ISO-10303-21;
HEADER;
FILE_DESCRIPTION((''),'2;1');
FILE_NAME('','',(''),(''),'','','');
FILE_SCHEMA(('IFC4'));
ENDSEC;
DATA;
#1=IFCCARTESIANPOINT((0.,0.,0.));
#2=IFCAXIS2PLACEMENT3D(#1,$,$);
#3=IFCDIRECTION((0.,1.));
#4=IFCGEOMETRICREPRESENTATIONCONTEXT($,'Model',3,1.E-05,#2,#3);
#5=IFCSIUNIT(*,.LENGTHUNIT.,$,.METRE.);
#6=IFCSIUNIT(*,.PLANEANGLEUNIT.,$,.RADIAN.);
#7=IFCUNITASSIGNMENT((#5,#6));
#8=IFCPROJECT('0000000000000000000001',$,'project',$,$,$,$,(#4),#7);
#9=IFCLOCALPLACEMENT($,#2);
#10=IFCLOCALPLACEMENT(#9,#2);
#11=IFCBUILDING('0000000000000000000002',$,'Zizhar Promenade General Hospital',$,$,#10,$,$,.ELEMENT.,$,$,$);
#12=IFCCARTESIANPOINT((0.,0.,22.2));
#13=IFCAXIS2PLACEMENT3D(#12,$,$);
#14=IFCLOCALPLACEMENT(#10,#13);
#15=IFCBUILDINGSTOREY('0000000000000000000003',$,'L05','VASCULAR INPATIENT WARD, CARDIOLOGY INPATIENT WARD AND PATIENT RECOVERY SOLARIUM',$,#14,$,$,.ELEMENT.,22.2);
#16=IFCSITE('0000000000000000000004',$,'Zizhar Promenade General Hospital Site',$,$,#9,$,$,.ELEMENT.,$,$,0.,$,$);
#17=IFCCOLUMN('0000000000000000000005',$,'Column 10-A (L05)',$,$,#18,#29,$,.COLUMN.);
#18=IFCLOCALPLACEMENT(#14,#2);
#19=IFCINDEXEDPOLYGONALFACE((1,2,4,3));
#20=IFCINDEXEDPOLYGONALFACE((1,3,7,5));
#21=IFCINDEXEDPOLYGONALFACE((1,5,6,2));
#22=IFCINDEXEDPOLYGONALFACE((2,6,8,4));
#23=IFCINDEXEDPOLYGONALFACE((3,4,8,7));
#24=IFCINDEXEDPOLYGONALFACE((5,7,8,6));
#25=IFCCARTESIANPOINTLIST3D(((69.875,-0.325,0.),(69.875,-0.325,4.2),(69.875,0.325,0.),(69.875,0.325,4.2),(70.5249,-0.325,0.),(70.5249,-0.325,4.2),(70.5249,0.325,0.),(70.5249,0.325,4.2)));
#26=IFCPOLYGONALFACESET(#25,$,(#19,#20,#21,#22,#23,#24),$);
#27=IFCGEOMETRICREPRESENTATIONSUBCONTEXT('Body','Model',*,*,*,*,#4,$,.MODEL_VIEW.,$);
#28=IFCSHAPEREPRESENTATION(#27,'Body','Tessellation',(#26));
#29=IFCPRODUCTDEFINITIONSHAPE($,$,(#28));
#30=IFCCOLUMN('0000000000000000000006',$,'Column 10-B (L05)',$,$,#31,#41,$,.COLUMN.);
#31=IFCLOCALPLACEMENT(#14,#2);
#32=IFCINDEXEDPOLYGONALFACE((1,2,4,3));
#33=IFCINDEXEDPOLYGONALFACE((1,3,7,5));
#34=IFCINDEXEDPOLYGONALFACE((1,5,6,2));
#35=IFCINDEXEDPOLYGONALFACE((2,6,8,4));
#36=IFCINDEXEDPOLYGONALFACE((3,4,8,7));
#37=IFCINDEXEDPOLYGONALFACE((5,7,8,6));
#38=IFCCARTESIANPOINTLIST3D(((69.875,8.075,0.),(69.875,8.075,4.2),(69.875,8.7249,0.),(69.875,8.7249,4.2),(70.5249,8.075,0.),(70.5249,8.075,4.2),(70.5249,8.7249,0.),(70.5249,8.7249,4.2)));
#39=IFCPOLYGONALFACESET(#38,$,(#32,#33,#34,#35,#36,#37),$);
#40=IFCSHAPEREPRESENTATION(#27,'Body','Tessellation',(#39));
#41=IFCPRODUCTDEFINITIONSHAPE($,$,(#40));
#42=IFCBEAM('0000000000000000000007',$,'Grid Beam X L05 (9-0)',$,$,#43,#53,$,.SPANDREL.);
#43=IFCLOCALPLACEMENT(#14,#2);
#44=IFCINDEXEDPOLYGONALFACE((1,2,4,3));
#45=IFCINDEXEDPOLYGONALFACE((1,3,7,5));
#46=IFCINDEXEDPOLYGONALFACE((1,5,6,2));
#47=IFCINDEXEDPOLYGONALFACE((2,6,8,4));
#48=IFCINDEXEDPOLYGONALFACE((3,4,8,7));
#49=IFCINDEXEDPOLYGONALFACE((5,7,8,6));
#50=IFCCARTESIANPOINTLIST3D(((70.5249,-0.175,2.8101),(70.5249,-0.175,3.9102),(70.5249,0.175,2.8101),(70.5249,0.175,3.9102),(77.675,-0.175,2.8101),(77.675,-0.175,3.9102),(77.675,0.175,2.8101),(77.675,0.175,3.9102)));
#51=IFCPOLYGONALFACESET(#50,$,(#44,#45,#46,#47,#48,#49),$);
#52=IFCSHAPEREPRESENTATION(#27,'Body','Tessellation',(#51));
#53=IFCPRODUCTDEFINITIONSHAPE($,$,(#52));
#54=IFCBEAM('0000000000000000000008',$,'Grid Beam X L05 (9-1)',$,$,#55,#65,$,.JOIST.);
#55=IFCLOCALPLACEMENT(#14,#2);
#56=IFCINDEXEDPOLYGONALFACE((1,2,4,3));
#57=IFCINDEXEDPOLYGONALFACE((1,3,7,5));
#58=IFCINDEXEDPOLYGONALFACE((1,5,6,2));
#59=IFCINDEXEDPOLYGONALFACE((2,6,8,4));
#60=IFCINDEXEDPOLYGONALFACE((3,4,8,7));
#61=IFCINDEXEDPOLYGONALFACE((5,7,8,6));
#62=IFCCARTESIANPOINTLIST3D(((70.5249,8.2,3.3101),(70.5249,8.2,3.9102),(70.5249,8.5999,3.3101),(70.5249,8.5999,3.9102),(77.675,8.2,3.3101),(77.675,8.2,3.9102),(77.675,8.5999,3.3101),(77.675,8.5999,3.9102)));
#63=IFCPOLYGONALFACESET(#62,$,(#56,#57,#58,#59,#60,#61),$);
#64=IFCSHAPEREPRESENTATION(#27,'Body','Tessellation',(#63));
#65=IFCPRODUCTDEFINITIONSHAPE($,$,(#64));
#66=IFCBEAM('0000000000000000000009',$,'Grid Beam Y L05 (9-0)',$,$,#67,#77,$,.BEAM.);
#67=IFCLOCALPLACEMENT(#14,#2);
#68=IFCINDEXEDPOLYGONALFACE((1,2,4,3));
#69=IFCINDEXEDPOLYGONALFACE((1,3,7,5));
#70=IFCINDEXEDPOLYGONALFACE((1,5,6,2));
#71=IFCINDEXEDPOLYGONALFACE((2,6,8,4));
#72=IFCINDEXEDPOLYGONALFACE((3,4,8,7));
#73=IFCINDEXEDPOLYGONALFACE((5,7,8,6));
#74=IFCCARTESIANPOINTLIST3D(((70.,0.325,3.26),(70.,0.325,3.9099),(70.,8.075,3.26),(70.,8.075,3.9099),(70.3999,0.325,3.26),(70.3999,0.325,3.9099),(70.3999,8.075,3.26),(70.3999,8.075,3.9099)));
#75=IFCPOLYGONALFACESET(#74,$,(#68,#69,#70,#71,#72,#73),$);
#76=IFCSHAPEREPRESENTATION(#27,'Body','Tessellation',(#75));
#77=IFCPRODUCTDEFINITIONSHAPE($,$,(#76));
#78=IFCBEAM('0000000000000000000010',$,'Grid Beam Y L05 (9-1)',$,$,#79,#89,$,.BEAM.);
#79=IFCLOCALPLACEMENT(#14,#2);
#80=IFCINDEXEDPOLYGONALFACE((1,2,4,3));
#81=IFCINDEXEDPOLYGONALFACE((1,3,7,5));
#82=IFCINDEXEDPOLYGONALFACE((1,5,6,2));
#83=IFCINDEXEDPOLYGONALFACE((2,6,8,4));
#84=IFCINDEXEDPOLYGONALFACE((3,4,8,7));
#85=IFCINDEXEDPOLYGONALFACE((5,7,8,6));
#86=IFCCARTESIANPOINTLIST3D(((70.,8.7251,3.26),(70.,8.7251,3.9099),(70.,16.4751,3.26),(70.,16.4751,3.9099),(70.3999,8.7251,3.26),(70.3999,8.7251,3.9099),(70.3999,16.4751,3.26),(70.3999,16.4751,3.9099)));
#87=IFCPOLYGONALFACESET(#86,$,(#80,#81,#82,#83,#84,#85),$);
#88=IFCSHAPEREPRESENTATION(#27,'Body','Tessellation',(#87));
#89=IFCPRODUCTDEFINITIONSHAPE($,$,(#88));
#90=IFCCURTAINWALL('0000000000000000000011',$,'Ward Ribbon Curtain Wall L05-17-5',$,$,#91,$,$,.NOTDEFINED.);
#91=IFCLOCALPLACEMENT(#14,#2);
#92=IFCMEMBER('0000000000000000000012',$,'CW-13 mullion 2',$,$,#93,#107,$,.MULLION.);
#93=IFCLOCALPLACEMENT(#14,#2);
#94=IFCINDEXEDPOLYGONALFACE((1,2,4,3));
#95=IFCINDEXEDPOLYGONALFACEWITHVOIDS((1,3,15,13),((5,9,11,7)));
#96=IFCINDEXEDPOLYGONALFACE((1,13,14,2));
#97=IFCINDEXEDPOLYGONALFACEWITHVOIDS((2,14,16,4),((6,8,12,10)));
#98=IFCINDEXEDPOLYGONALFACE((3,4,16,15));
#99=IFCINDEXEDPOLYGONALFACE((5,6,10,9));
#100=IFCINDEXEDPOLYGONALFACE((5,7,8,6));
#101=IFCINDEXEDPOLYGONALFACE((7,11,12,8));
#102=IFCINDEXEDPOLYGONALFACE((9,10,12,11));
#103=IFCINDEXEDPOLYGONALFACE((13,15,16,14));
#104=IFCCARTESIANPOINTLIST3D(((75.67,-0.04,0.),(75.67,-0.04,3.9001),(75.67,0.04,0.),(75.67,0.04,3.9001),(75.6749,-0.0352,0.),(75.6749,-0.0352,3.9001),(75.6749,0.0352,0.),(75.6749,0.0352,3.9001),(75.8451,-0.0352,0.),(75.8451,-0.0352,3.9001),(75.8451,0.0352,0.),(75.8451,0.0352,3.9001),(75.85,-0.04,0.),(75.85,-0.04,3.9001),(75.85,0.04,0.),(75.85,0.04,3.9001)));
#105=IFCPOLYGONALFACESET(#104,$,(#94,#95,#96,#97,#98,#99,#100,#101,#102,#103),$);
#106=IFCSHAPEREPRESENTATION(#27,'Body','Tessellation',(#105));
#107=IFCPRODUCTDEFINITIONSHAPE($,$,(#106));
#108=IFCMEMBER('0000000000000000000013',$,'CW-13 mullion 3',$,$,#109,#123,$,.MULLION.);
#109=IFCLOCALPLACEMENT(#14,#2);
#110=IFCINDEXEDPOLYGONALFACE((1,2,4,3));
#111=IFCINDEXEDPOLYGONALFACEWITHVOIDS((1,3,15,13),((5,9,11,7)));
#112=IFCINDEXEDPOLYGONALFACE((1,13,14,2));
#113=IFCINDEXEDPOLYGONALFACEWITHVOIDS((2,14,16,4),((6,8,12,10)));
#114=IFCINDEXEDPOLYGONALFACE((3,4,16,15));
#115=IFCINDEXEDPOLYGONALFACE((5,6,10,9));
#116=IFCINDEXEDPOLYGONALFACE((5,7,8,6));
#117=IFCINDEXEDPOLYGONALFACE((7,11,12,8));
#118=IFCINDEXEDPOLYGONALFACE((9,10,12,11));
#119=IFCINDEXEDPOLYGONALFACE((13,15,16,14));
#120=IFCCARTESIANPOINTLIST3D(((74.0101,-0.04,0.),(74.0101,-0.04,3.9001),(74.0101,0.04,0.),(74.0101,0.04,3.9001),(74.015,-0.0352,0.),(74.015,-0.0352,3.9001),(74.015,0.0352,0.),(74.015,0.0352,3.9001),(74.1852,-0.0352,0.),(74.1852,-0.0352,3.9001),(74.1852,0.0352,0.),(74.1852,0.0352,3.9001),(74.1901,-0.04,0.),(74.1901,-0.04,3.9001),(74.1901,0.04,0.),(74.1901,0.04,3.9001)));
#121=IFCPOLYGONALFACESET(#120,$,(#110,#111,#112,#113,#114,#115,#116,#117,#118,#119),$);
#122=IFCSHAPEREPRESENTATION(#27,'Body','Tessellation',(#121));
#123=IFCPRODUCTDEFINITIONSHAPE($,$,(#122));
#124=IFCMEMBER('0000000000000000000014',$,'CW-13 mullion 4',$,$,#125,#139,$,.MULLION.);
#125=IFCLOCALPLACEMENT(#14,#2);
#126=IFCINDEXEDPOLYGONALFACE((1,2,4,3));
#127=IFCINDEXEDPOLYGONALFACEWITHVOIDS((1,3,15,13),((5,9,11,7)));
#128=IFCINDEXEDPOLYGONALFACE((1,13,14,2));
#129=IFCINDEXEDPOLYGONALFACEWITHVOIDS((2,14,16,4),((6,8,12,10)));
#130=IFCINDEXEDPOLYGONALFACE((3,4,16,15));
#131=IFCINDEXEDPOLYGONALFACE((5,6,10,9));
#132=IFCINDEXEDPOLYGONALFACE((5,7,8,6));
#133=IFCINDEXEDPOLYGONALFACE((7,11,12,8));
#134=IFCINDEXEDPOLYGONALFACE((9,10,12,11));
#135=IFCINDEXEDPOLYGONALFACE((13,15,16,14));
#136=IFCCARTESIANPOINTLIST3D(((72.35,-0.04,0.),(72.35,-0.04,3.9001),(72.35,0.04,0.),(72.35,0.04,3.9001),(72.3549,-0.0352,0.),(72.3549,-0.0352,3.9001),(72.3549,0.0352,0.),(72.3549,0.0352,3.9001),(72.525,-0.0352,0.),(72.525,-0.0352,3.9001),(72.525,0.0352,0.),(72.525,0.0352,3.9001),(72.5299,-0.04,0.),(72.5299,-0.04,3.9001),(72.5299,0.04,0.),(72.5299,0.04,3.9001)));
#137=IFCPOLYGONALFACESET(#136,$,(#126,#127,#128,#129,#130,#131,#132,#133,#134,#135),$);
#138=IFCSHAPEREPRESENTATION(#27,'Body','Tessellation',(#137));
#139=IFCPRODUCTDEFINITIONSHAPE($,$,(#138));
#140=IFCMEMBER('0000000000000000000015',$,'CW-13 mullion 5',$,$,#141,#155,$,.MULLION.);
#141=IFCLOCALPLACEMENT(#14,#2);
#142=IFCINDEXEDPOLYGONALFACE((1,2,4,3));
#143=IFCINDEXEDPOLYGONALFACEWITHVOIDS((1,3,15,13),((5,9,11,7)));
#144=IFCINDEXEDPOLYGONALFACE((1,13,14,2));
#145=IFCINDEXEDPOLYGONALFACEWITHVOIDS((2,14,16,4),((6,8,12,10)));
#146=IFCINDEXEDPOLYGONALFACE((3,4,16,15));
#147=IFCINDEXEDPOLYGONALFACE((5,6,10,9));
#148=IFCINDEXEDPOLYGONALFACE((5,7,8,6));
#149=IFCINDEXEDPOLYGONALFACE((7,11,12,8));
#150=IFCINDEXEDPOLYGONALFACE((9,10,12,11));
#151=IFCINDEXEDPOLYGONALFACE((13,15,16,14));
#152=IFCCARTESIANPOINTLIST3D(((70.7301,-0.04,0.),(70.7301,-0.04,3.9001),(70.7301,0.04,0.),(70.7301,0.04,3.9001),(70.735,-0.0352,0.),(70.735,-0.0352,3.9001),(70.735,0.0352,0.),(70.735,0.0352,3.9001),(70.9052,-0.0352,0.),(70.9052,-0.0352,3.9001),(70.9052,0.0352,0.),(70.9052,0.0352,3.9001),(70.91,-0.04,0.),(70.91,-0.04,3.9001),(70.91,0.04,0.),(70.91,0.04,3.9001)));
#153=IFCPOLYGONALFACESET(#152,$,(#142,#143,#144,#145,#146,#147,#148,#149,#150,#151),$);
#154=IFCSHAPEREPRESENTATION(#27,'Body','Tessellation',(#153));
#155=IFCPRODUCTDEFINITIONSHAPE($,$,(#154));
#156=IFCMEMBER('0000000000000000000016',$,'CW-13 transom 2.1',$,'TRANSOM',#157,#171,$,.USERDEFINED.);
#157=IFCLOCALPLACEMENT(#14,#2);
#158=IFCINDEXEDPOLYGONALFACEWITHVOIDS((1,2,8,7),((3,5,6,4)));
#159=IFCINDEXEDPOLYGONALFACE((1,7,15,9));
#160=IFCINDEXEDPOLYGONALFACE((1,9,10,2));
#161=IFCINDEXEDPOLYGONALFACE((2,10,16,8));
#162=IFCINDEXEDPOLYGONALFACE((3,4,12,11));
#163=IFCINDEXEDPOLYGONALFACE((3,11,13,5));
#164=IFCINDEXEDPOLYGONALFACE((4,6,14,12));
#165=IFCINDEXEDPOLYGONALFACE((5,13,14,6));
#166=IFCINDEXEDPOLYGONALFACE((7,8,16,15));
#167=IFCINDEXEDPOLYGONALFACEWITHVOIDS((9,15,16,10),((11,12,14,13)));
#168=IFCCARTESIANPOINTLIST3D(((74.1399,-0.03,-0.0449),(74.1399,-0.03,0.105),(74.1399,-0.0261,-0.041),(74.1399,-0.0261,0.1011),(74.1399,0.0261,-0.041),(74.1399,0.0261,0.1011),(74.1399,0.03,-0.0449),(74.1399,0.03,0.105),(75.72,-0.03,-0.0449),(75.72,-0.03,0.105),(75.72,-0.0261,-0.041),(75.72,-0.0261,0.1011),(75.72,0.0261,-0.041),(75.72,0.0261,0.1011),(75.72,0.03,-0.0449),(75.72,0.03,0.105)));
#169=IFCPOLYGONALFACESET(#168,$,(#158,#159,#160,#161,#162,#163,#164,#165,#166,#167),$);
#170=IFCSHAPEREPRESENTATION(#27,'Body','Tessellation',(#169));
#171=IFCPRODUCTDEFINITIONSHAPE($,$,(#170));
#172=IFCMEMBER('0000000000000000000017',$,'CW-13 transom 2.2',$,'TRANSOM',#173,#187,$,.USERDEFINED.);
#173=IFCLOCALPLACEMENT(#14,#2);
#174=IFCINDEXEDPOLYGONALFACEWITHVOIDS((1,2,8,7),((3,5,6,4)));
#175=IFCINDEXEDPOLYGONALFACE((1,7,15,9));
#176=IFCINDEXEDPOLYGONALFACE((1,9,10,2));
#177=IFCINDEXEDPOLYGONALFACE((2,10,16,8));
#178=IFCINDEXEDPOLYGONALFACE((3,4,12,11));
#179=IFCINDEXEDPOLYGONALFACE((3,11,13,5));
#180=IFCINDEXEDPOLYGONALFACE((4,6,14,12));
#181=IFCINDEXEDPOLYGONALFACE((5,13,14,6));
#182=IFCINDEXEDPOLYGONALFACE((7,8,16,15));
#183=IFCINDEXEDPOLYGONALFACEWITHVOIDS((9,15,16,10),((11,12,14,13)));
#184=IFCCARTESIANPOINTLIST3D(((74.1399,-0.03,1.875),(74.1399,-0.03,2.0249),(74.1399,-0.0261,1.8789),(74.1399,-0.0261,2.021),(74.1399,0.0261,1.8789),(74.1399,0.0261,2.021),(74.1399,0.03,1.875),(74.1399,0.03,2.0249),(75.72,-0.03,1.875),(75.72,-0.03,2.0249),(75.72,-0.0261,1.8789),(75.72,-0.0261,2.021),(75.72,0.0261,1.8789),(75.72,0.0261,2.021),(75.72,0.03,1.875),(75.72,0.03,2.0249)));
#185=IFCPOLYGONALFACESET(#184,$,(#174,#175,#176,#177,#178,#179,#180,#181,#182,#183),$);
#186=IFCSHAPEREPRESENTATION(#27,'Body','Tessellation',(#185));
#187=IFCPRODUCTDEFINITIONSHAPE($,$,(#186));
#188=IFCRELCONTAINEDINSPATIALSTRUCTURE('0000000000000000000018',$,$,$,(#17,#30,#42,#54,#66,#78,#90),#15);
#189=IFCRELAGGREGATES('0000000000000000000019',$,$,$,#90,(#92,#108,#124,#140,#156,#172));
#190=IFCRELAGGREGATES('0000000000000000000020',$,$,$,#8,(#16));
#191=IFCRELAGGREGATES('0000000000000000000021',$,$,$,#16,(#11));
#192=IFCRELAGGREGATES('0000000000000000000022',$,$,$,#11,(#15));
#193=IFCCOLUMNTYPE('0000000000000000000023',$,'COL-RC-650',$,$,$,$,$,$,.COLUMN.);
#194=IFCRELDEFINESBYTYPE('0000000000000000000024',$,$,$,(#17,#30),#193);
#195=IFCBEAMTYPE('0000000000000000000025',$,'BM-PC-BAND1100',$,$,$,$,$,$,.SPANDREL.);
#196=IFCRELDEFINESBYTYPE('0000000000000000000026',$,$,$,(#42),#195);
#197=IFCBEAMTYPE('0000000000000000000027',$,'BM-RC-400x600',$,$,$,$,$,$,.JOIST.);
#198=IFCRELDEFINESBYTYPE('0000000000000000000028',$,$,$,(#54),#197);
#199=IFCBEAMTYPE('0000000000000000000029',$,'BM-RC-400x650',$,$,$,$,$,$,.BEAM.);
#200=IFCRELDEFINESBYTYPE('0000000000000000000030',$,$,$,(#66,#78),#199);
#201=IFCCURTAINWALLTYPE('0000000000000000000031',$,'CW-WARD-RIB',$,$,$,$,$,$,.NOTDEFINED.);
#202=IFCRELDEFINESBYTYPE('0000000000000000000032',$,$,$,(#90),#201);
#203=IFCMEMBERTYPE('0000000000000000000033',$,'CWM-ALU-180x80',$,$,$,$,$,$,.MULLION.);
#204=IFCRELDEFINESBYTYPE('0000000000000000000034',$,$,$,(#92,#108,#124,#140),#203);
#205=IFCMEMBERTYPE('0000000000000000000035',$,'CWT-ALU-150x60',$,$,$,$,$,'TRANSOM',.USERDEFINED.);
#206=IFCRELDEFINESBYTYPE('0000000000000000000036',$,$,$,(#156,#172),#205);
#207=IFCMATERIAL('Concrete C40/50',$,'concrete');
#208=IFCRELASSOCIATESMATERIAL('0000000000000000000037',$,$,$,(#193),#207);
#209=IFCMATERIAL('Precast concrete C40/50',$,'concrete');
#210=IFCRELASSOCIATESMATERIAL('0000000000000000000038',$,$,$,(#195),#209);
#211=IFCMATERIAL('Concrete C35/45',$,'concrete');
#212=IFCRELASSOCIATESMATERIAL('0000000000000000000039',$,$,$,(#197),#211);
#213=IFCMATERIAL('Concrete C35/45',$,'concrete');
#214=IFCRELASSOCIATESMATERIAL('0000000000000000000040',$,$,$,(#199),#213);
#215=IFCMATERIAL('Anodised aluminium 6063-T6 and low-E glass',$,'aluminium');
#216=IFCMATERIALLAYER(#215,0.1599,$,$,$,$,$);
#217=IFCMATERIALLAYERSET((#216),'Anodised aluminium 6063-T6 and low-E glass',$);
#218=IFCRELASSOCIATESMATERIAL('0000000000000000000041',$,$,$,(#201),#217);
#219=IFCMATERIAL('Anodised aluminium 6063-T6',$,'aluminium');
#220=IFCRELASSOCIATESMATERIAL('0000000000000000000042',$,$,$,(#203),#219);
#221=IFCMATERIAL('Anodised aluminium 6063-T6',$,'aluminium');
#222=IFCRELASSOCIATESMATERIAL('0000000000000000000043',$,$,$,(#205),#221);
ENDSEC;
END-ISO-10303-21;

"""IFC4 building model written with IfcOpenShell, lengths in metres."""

from ifc_helpers import new_model, si_unit, direction, frame, origin, origin_2d, place, context, subcontext, project, spatial, rectangle, hollow_rectangle, extrude, material, layer, layer_set, material_profile, profile_set, type_object, element, aggregate, save


model = new_model("IFC4")

# Units and contexts
model_context = context("Model", 3, precision=1e-05, world=origin(), true_north=direction((0.0, 1.0)))
body_context = subcontext(model_context, "Body", "Model", "MODEL_VIEW")
ifc_project = project(units=[si_unit("LENGTHUNIT", "METRE"), si_unit("PLANEANGLEUNIT", "RADIAN")], contexts=[model_context])

# Site, building, storey
site_placement = place(None, origin())
site = spatial("IfcSite", under=ifc_project, at=site_placement, Name="Zizhar Promenade General Hospital Site", CompositionType="ELEMENT", RefElevation=0.0)
building_placement = place(site_placement, origin())
building = spatial("IfcBuilding", under=site, at=building_placement, Name="Zizhar Promenade General Hospital", CompositionType="ELEMENT")
storey_placement = place(building_placement, frame((0.0, 0.0, 22.2)))
storey = spatial("IfcBuildingStorey", under=building, at=storey_placement, Name="L05", Description="VASCULAR INPATIENT WARD, CARDIOLOGY INPATIENT WARD AND PATIENT RECOVERY SOLARIUM", CompositionType="ELEMENT", Elevation=22.2)

# Columns
ifc_material_1 = material(Name="Concrete C40/50", Category="concrete")
ifc_material_profile_1 = material_profile(ifc_material_1, rectangle(XDim=0.6499, YDim=0.6499, at=origin_2d()))
ifc_profile_set_1 = profile_set([ifc_material_profile_1], Name="Concrete C40/50")
column_type = type_object("IfcColumnType", Name="COL-RC-650", PredefinedType="COLUMN", material=ifc_profile_set_1)
for number, where, z_axis, x_axis, name in (
    (1, (70.2, 0.0, 0.0), (0.0, 0.0, 1.0), (1.0, 0.0, 0.0), "Column 10-A (L05)"),
    (2, (70.2, 8.3999, 0.0), (0.0, 0.0, 1.0), (1.0, 0.0, 0.0), "Column 10-B (L05)"),
):
    element("IfcColumn", number, at=place(storey_placement, frame(where, z_axis=z_axis, x_axis=x_axis)), inside=storey, type_object=column_type, Name=name, PredefinedType="COLUMN", context=body_context, shape_type="SweptSolid", body=[
        extrude(rectangle(XDim=0.6499, YDim=0.6499, at=origin_2d()), origin(), (0.0, 0.0, 1.0), 4.2),
    ])

# Beams
ifc_material_2 = material(Name="Precast concrete C40/50", Category="concrete")
ifc_material_profile_2 = material_profile(ifc_material_2, rectangle(XDim=0.3501, YDim=1.1001, at=origin_2d()))
ifc_profile_set_2 = profile_set([ifc_material_profile_2], Name="Precast concrete C40/50")
beam_type_1 = type_object("IfcBeamType", Name="BM-PC-BAND1100", PredefinedType="SPANDREL", material=ifc_profile_set_2)
beam_1_placement = place(storey_placement, frame((70.5249, 0.0, 3.3601), z_axis=(1.0, 0.0, 0.0), x_axis=(0.0, 1.0, 0.0)))
element("IfcBeam", 3, at=beam_1_placement, inside=storey, type_object=beam_type_1, Name="Grid Beam X L05 (9-0)", PredefinedType="SPANDREL", context=body_context, shape_type="SweptSolid", body=[
    extrude(rectangle(XDim=0.3501, YDim=1.1001, at=origin_2d()), origin(), (0.0, 0.0, 1.0), 7.1501),
])
ifc_material_3 = material(Name="Concrete C35/45", Category="concrete")
ifc_material_profile_3 = material_profile(ifc_material_3, rectangle(XDim=0.3999, YDim=0.6001, at=origin_2d()))
ifc_profile_set_3 = profile_set([ifc_material_profile_3], Name="Concrete C35/45")
beam_type_2 = type_object("IfcBeamType", Name="BM-RC-400x600", PredefinedType="JOIST", material=ifc_profile_set_3)
beam_2_placement = place(storey_placement, frame((70.5249, 8.3999, 3.6101), z_axis=(1.0, 0.0, 0.0), x_axis=(0.0, 1.0, 0.0)))
element("IfcBeam", 4, at=beam_2_placement, inside=storey, type_object=beam_type_2, Name="Grid Beam X L05 (9-1)", PredefinedType="JOIST", context=body_context, shape_type="SweptSolid", body=[
    extrude(rectangle(XDim=0.3999, YDim=0.6001, at=origin_2d()), origin(), (0.0, 0.0, 1.0), 7.1501),
])
ifc_material_4 = material(Name="Concrete C35/45", Category="concrete")
ifc_material_profile_4 = material_profile(ifc_material_4, rectangle(XDim=0.3999, YDim=0.6499, at=origin_2d()))
ifc_profile_set_4 = profile_set([ifc_material_profile_4], Name="Concrete C35/45")
beam_type_3 = type_object("IfcBeamType", Name="BM-RC-400x650", PredefinedType="BEAM", material=ifc_profile_set_4)
for number, where, z_axis, x_axis, name in (
    (5, (70.2, 0.325, 3.585), (0.0, 1.0, 0.0), (-1.0, 0.0, 0.0), "Grid Beam Y L05 (9-0)"),
    (6, (70.2, 8.7251, 3.585), (0.0, 1.0, 0.0), (-1.0, 0.0, 0.0), "Grid Beam Y L05 (9-1)"),
):
    element("IfcBeam", number, at=place(storey_placement, frame(where, z_axis=z_axis, x_axis=x_axis)), inside=storey, type_object=beam_type_3, Name=name, PredefinedType="BEAM", context=body_context, shape_type="SweptSolid", body=[
        extrude(rectangle(XDim=0.3999, YDim=0.6499, at=origin_2d()), origin(), (0.0, 0.0, 1.0), 7.75),
    ])

# Curtain wall, members
ifc_material_5 = material(Name="Anodised aluminium 6063-T6 and low-E glass", Category="aluminium")
ifc_layer_1 = layer(ifc_material_5, 0.1599)
ifc_layer_set_1 = layer_set([ifc_layer_1], Name="Anodised aluminium 6063-T6 and low-E glass")
curtain_wall_type = type_object("IfcCurtainWallType", Name="CW-WARD-RIB", PredefinedType="NOTDEFINED", material=ifc_layer_set_1)
curtain_wall_placement = place(storey_placement, origin())
curtain_wall = element("IfcCurtainWall", 7, at=curtain_wall_placement, inside=storey, type_object=curtain_wall_type, Name="Ward Ribbon Curtain Wall L05-17-5", PredefinedType="NOTDEFINED")
ifc_material_6 = material(Name="Anodised aluminium 6063-T6", Category="aluminium")
ifc_material_profile_5 = material_profile(ifc_material_6, hollow_rectangle(XDim=0.0801, YDim=0.1799, WallThickness=0.0049, at=origin_2d()))
ifc_profile_set_5 = profile_set([ifc_material_profile_5], Name="Anodised aluminium 6063-T6")
member_type_1 = type_object("IfcMemberType", Name="CWM-ALU-180x80", PredefinedType="MULLION", material=ifc_profile_set_5)
member_1_placement = place(storey_placement, frame((75.76, 0.0, 0.0), z_axis=(0.0, 0.0, 1.0), x_axis=(0.0, -1.0, 0.0)))
member_1 = element("IfcMember", 8, at=member_1_placement, type_object=member_type_1, Name="CW-13 mullion 2", PredefinedType="MULLION", context=body_context, shape_type="SweptSolid", body=[
    extrude(hollow_rectangle(XDim=0.0801, YDim=0.1799, WallThickness=0.0049, at=origin_2d()), origin(), (0.0, 0.0, 1.0), 3.9001),
])
member_2_placement = place(storey_placement, frame((74.1001, 0.0, 0.0), z_axis=(0.0, 0.0, 1.0), x_axis=(0.0, -1.0, 0.0)))
member_2 = element("IfcMember", 9, at=member_2_placement, type_object=member_type_1, Name="CW-13 mullion 3", PredefinedType="MULLION", context=body_context, shape_type="SweptSolid", body=[
    extrude(hollow_rectangle(XDim=0.0801, YDim=0.1799, WallThickness=0.0049, at=origin_2d()), origin(), (0.0, 0.0, 1.0), 3.9001),
])
member_3_placement = place(storey_placement, frame((72.4399, 0.0, 0.0), z_axis=(0.0, 0.0, 1.0), x_axis=(0.0, -1.0, 0.0)))
member_3 = element("IfcMember", 10, at=member_3_placement, type_object=member_type_1, Name="CW-13 mullion 4", PredefinedType="MULLION", context=body_context, shape_type="SweptSolid", body=[
    extrude(hollow_rectangle(XDim=0.0801, YDim=0.1799, WallThickness=0.0049, at=origin_2d()), origin(), (0.0, 0.0, 1.0), 3.9001),
])
member_4_placement = place(storey_placement, frame((70.8201, 0.0, 0.0), z_axis=(0.0, 0.0, 1.0), x_axis=(0.0, -1.0, 0.0)))
member_4 = element("IfcMember", 11, at=member_4_placement, type_object=member_type_1, Name="CW-13 mullion 5", PredefinedType="MULLION", context=body_context, shape_type="SweptSolid", body=[
    extrude(hollow_rectangle(XDim=0.0801, YDim=0.1799, WallThickness=0.0049, at=origin_2d()), origin(), (0.0, 0.0, 1.0), 3.9001),
])
ifc_material_7 = material(Name="Anodised aluminium 6063-T6", Category="aluminium")
ifc_material_profile_6 = material_profile(ifc_material_7, hollow_rectangle(XDim=0.0601, YDim=0.1499, WallThickness=0.0039, at=origin_2d()))
ifc_profile_set_6 = profile_set([ifc_material_profile_6], Name="Anodised aluminium 6063-T6")
member_type_2 = type_object("IfcMemberType", Name="CWT-ALU-150x60", ElementType="TRANSOM", PredefinedType="USERDEFINED", material=ifc_profile_set_6)
member_5_placement = place(storey_placement, frame((75.72, 0.0, 0.03), z_axis=(-1.0, 0.0, 0.0), x_axis=(0.0, -1.0, 0.0)))
member_5 = element("IfcMember", 12, at=member_5_placement, type_object=member_type_2, Name="CW-13 transom 2.1", ObjectType="TRANSOM", PredefinedType="USERDEFINED", context=body_context, shape_type="SweptSolid", body=[
    extrude(hollow_rectangle(XDim=0.0601, YDim=0.1499, WallThickness=0.0039, at=origin_2d()), origin(), (0.0, 0.0, 1.0), 1.5801),
])
member_6_placement = place(storey_placement, frame((75.72, 0.0, 1.95), z_axis=(-1.0, 0.0, 0.0), x_axis=(0.0, -1.0, 0.0)))
member_6 = element("IfcMember", 13, at=member_6_placement, type_object=member_type_2, Name="CW-13 transom 2.2", ObjectType="TRANSOM", PredefinedType="USERDEFINED", context=body_context, shape_type="SweptSolid", body=[
    extrude(hollow_rectangle(XDim=0.0601, YDim=0.1499, WallThickness=0.0039, at=origin_2d()), origin(), (0.0, 0.0, 1.0), 1.5801),
])
aggregate(curtain_wall, [member_1, member_2, member_3, member_4, member_5, member_6])

save(model, "model.ifc")
